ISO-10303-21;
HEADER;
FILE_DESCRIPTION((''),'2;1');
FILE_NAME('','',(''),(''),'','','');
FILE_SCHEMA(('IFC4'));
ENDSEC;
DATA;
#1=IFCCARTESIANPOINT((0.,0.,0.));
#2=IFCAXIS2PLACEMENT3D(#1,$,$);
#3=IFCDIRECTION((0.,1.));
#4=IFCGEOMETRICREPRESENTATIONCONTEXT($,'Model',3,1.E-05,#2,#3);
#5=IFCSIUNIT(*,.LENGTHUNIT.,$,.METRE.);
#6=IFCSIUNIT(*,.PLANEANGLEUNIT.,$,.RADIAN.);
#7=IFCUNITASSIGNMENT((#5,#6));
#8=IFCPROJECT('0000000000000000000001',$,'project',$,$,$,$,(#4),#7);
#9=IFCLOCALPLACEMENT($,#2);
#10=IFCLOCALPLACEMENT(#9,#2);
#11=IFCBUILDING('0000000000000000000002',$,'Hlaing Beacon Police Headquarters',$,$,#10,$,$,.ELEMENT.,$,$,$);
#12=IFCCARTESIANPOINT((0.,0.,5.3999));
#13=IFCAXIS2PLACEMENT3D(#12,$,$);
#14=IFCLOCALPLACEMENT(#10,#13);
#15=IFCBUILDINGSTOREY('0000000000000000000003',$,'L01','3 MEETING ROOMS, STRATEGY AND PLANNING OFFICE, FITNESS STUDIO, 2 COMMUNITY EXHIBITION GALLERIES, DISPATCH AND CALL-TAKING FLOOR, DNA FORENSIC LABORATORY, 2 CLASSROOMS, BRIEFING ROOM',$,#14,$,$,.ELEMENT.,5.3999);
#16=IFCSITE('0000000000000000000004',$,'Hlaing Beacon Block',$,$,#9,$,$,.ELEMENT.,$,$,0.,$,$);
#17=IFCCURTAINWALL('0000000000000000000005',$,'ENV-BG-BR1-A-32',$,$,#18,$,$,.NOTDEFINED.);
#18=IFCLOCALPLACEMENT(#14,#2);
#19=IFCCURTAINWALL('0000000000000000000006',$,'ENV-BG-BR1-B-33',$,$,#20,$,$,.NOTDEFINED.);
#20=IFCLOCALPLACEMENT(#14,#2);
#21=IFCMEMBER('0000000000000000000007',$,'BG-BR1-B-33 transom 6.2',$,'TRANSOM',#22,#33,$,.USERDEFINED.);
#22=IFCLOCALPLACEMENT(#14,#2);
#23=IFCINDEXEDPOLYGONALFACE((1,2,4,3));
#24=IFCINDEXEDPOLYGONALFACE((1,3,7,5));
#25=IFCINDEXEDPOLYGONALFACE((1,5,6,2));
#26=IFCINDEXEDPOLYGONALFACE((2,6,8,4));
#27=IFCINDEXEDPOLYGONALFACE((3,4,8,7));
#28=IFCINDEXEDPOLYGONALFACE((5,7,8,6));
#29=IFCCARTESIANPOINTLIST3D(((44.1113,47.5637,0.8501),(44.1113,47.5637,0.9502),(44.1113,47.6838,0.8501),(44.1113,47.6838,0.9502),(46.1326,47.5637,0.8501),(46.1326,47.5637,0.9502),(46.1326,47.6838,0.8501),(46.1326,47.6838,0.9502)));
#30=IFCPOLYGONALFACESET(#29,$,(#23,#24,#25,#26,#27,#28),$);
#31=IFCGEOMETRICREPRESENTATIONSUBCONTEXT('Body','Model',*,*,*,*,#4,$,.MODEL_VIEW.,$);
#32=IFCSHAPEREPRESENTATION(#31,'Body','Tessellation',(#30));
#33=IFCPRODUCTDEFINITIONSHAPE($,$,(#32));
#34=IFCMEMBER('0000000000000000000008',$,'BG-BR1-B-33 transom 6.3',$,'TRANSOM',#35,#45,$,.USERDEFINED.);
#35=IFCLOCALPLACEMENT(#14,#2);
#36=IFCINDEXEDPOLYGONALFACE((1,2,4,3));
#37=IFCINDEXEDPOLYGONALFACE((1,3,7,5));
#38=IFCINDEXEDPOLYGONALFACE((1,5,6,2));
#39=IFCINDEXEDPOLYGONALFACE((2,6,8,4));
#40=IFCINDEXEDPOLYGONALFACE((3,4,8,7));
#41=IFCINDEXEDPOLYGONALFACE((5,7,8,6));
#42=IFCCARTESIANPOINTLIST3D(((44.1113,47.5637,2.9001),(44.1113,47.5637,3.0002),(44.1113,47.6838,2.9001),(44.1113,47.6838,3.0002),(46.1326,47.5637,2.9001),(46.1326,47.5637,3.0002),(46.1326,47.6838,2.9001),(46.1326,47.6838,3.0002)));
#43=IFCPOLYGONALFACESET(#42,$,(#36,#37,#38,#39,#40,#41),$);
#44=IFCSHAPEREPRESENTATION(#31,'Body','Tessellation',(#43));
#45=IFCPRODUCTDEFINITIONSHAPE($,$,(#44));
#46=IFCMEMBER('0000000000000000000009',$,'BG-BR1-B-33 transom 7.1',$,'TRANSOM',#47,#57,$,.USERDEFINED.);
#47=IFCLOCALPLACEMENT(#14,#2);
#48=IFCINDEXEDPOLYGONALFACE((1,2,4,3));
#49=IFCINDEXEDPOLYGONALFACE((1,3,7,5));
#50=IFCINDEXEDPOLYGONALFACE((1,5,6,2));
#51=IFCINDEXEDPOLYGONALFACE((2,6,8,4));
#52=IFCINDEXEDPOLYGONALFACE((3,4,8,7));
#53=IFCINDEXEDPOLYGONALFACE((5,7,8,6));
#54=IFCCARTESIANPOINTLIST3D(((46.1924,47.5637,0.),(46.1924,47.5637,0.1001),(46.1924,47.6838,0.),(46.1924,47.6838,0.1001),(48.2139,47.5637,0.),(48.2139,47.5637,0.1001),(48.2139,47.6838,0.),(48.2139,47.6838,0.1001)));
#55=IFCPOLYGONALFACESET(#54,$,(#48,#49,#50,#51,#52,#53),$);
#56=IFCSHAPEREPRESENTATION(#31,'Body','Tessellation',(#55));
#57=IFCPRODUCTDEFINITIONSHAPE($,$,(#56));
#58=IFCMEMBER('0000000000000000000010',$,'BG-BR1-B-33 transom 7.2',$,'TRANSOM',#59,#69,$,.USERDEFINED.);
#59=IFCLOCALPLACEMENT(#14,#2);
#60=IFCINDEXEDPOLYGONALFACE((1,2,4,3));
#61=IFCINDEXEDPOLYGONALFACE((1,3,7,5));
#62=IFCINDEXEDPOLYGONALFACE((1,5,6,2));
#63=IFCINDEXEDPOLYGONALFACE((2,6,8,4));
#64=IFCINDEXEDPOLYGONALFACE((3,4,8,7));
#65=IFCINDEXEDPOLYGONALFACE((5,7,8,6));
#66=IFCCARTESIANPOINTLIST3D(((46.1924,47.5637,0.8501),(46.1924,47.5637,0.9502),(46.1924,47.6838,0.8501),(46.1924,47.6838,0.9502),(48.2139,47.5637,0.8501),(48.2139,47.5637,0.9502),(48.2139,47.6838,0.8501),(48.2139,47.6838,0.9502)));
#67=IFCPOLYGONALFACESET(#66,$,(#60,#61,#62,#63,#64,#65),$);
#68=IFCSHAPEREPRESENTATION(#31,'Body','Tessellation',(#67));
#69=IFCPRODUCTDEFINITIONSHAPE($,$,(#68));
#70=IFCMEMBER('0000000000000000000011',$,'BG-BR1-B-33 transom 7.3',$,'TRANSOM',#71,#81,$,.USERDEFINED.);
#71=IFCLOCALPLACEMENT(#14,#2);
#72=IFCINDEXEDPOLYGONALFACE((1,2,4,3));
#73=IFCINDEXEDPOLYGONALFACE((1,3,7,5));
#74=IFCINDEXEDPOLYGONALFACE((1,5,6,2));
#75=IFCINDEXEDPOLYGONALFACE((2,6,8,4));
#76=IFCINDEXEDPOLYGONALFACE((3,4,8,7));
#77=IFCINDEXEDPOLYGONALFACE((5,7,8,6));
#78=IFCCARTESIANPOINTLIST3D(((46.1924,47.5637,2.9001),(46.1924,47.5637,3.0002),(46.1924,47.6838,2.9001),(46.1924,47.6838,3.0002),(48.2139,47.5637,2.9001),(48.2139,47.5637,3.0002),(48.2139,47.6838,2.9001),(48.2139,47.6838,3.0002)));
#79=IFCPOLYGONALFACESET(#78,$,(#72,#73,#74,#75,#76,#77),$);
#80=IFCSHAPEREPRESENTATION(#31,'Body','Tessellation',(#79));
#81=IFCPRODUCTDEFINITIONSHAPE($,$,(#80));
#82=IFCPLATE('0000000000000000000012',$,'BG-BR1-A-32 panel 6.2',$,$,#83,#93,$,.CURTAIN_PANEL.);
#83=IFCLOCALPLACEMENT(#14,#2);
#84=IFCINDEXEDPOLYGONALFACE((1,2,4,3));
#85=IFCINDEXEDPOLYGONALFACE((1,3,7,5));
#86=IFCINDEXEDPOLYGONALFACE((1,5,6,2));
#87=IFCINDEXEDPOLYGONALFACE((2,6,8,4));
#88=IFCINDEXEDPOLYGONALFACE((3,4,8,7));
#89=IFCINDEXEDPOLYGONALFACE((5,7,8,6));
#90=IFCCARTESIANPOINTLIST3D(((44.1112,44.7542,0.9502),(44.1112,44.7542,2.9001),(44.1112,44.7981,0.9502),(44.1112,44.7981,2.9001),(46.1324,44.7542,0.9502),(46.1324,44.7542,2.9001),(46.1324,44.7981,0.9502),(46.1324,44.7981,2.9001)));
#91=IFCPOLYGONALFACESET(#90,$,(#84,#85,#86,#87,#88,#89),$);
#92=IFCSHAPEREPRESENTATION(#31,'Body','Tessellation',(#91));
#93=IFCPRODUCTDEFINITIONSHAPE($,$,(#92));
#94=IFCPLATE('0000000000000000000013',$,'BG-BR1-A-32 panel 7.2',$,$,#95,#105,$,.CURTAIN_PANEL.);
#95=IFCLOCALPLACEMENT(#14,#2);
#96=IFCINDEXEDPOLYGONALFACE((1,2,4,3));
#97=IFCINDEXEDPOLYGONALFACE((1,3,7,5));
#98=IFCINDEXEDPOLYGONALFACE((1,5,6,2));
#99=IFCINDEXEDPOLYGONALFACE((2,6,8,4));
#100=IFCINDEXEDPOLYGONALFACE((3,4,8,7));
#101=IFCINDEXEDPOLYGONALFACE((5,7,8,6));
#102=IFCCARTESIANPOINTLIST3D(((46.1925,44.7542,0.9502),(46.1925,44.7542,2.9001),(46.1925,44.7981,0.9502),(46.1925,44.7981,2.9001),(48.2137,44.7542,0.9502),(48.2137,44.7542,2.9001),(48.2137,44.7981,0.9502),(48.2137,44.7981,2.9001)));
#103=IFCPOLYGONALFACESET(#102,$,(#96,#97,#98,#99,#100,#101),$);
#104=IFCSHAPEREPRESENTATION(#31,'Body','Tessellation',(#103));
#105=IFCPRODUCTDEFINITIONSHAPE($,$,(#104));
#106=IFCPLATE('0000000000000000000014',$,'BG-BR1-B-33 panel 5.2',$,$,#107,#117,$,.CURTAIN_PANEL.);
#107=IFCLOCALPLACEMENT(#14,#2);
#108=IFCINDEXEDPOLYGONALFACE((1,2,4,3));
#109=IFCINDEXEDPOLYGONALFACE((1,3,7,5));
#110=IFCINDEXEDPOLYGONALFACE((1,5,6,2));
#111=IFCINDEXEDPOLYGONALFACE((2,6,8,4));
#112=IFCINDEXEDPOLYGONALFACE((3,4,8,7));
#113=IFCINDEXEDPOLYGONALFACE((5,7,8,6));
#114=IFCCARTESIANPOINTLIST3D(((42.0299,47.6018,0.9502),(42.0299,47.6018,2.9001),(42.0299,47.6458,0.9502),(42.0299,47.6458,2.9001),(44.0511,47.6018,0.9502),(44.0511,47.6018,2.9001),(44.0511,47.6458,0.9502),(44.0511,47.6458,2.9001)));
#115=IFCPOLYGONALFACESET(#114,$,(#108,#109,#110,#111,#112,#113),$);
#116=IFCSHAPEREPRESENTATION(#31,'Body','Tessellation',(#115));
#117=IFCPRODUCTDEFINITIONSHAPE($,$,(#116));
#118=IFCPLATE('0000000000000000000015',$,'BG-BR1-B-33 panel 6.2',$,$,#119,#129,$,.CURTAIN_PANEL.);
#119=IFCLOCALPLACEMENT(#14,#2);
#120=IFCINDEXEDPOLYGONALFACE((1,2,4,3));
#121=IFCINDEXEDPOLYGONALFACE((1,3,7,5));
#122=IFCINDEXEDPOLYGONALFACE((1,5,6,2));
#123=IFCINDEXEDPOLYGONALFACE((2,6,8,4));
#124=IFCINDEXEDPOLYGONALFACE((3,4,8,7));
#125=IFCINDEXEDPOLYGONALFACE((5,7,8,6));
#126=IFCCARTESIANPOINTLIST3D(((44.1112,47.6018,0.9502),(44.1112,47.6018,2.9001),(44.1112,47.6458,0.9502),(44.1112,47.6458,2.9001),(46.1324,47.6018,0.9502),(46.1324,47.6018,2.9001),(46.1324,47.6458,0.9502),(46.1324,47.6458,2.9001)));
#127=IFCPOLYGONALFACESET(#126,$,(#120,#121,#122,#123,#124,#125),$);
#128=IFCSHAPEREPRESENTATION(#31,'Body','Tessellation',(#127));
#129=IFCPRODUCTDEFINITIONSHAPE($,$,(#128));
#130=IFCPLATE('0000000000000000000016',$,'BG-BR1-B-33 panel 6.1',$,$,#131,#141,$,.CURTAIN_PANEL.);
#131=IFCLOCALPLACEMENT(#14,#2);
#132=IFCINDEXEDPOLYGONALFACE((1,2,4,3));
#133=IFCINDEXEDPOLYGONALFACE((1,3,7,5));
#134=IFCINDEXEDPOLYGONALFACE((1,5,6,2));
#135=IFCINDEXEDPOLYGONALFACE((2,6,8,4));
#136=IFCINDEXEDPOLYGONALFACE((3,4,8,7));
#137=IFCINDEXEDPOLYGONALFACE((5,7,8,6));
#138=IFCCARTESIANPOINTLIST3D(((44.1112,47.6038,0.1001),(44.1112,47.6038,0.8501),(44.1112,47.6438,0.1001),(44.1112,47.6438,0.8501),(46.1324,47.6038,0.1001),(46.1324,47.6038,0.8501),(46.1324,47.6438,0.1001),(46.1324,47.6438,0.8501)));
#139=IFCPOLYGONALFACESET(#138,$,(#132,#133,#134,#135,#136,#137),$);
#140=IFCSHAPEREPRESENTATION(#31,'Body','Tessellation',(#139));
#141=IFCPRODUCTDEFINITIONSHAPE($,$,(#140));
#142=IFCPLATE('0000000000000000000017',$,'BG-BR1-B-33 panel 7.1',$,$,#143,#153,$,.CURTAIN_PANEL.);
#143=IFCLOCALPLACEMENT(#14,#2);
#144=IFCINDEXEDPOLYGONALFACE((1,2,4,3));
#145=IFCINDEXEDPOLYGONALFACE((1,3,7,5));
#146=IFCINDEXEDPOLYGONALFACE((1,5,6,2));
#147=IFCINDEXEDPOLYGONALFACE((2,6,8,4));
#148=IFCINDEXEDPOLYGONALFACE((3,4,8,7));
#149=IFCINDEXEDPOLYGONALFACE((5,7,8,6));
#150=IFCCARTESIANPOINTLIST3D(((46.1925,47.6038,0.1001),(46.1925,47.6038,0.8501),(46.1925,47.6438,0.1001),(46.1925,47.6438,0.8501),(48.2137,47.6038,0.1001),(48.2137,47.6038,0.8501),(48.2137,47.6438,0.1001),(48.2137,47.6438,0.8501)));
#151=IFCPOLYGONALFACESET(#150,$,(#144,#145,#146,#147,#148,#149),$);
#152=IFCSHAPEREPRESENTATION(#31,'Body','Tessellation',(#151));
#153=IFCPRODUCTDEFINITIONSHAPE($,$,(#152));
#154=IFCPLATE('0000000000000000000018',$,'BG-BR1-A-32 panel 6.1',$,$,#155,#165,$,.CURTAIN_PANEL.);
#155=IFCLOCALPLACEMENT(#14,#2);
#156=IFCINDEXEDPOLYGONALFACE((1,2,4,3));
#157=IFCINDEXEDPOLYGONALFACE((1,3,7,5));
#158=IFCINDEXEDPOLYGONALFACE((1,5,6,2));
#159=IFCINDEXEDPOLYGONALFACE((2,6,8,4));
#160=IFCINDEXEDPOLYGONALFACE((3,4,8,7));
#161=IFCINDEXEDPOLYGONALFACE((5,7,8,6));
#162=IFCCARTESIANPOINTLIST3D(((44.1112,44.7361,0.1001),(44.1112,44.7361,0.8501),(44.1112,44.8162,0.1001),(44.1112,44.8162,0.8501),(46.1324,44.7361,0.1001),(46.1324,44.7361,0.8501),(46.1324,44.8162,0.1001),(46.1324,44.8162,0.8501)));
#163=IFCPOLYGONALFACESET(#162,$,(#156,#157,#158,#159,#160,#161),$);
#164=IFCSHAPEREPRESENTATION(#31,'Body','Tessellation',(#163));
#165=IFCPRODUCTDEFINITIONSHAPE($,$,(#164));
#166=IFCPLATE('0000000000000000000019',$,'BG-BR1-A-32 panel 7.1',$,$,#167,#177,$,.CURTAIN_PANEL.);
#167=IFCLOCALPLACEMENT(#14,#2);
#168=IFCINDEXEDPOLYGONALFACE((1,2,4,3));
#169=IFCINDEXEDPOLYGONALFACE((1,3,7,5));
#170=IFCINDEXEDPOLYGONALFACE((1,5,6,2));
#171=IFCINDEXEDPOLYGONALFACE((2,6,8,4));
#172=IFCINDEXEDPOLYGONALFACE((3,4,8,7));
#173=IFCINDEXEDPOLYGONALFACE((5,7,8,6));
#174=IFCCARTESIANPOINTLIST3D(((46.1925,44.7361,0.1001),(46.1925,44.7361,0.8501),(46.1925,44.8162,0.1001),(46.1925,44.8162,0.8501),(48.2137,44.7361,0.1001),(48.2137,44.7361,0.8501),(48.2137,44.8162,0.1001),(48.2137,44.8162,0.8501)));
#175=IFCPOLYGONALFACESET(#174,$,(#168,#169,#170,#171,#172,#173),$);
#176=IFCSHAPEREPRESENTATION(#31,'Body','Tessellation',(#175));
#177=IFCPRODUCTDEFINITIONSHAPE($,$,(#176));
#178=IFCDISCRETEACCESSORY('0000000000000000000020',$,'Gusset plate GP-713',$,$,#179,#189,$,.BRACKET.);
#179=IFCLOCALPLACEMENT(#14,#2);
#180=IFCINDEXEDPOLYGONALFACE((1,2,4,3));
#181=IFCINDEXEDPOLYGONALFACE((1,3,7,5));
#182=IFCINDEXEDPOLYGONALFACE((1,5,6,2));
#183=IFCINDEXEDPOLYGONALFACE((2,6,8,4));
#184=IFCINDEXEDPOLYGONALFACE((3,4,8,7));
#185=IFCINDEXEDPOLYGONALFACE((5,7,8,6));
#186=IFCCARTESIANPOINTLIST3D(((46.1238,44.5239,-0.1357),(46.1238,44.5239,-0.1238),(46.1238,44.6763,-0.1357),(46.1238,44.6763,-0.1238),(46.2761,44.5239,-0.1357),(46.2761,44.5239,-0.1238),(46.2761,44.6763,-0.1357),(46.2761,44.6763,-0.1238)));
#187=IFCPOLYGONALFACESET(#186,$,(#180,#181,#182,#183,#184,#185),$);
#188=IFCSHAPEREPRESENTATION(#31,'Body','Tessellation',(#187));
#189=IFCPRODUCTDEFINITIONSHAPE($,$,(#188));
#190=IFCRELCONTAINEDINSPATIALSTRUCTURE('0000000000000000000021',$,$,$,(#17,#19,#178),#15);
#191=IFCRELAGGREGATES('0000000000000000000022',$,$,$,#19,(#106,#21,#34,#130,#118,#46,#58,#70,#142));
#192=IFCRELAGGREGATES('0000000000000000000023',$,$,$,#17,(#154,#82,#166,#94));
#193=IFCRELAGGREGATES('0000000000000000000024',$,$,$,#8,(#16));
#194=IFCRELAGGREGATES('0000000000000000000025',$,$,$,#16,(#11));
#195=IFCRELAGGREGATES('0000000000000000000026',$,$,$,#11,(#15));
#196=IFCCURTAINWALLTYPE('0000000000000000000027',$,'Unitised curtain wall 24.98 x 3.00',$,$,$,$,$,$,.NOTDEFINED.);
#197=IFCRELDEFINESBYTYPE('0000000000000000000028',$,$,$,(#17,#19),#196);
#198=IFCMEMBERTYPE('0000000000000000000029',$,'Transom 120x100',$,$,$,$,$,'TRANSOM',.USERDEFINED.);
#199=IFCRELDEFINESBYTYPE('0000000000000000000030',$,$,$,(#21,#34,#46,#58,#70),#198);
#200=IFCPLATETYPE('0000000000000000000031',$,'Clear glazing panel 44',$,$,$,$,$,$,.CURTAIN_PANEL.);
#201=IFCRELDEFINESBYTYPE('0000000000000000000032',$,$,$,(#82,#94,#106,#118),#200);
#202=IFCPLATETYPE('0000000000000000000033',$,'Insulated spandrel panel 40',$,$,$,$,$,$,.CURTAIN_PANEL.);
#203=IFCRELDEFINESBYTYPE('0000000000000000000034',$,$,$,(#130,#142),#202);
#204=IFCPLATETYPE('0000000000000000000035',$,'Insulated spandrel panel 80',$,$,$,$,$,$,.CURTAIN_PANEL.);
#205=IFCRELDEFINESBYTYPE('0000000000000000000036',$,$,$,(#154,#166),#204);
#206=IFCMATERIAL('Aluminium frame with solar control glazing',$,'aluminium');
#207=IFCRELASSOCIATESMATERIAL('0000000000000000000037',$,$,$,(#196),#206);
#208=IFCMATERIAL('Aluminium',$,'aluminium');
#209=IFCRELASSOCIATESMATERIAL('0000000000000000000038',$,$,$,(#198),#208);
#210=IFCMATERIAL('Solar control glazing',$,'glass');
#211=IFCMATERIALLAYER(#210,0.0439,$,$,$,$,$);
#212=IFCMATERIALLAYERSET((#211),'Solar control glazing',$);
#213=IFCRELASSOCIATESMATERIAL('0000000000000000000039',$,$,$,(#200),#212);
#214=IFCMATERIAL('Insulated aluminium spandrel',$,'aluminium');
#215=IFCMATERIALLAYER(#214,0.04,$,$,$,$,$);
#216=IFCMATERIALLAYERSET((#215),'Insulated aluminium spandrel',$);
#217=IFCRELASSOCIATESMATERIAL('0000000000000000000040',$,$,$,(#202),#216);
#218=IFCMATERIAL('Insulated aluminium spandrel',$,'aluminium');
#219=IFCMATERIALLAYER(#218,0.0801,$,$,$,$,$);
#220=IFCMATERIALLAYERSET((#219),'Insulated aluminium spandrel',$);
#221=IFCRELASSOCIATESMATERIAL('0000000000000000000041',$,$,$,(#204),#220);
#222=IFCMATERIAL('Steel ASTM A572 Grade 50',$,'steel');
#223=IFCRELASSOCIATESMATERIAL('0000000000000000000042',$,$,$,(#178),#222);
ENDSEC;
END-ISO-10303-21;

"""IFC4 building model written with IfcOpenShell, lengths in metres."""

from ifc_helpers import new_model, si_unit, direction, frame, origin, origin_2d, place, context, subcontext, project, spatial, rectangle, extrude, material, layer, layer_set, material_profile, profile_set, type_object, element, aggregate, save


model = new_model("IFC4")

# Units and contexts
model_context = context("Model", 3, precision=1e-05, world=origin(), true_north=direction((0.0, 1.0)))
body_context = subcontext(model_context, "Body", "Model", "MODEL_VIEW")
ifc_project = project(units=[si_unit("LENGTHUNIT", "METRE"), si_unit("PLANEANGLEUNIT", "RADIAN")], contexts=[model_context])

# Site, building, storey
site_placement = place(None, origin())
site = spatial("IfcSite", under=ifc_project, at=site_placement, Name="Hlaing Beacon Block", CompositionType="ELEMENT", RefElevation=0.0)
building_placement = place(site_placement, origin())
building = spatial("IfcBuilding", under=site, at=building_placement, Name="Hlaing Beacon Police Headquarters", CompositionType="ELEMENT")
storey_placement = place(building_placement, frame((0.0, 0.0, 5.3999)))
storey = spatial("IfcBuildingStorey", under=building, at=storey_placement, Name="L01", Description="3 MEETING ROOMS, STRATEGY AND PLANNING OFFICE, FITNESS STUDIO, 2 COMMUNITY EXHIBITION GALLERIES, DISPATCH AND CALL-TAKING FLOOR, DNA FORENSIC LABORATORY, 2 CLASSROOMS, BRIEFING ROOM", CompositionType="ELEMENT", Elevation=5.3999)

# Curtain walls
ifc_material_1 = material(Name="Aluminium frame with solar control glazing", Category="aluminium")
curtain_wall_type = type_object("IfcCurtainWallType", Name="Unitised curtain wall 24.98 x 3.00", PredefinedType="NOTDEFINED", material=ifc_material_1)
curtain_wall_1_placement = place(storey_placement, origin())
curtain_wall_1 = element("IfcCurtainWall", 1, at=curtain_wall_1_placement, inside=storey, type_object=curtain_wall_type, Name="ENV-BG-BR1-A-32", PredefinedType="NOTDEFINED")
curtain_wall_2_placement = place(storey_placement, origin())
curtain_wall_2 = element("IfcCurtainWall", 2, at=curtain_wall_2_placement, inside=storey, type_object=curtain_wall_type, Name="ENV-BG-BR1-B-33", PredefinedType="NOTDEFINED")

# Members
ifc_material_2 = material(Name="Aluminium", Category="aluminium")
ifc_material_profile_1 = material_profile(ifc_material_2, rectangle(XDim=0.1201, YDim=0.1001, at=origin_2d()), Name="Transom 120x100")
ifc_profile_set_1 = profile_set([ifc_material_profile_1], Name="Aluminium")
member_type_1 = type_object("IfcMemberType", Name="Transom 120x100", ElementType="TRANSOM", PredefinedType="USERDEFINED", material=ifc_profile_set_1)
member_1_placement = place(storey_placement, frame((44.1113, 47.6238, 0.9001), z_axis=(1.0, 0.0, 0.0), x_axis=(0.0, 1.0, 0.0)))
member_1 = element("IfcMember", 3, at=member_1_placement, type_object=member_type_1, Name="BG-BR1-B-33 transom 6.2", ObjectType="TRANSOM", PredefinedType="USERDEFINED", context=body_context, shape_type="SweptSolid", body=[
    extrude(rectangle(XDim=0.1201, YDim=0.1001, at=origin_2d()), origin(), (0.0, 0.0, 1.0), 2.0212),
])
member_2_placement = place(storey_placement, frame((44.1113, 47.6238, 2.9502), z_axis=(1.0, 0.0, 0.0), x_axis=(0.0, 1.0, 0.0)))
member_2 = element("IfcMember", 4, at=member_2_placement, type_object=member_type_1, Name="BG-BR1-B-33 transom 6.3", ObjectType="TRANSOM", PredefinedType="USERDEFINED", context=body_context, shape_type="SweptSolid", body=[
    extrude(rectangle(XDim=0.1201, YDim=0.1001, at=origin_2d()), origin(), (0.0, 0.0, 1.0), 2.0212),
])
member_3_placement = place(storey_placement, frame((46.1924, 47.6238, 0.05), z_axis=(1.0, 0.0, 0.0), x_axis=(0.0, 1.0, 0.0)))
member_3 = element("IfcMember", 5, at=member_3_placement, type_object=member_type_1, Name="BG-BR1-B-33 transom 7.1", ObjectType="TRANSOM", PredefinedType="USERDEFINED", context=body_context, shape_type="SweptSolid", body=[
    extrude(rectangle(XDim=0.1201, YDim=0.1001, at=origin_2d()), origin(), (0.0, 0.0, 1.0), 2.0215),
])
member_4_placement = place(storey_placement, frame((46.1924, 47.6238, 0.9001), z_axis=(1.0, 0.0, 0.0), x_axis=(0.0, 1.0, 0.0)))
member_4 = element("IfcMember", 6, at=member_4_placement, type_object=member_type_1, Name="BG-BR1-B-33 transom 7.2", ObjectType="TRANSOM", PredefinedType="USERDEFINED", context=body_context, shape_type="SweptSolid", body=[
    extrude(rectangle(XDim=0.1201, YDim=0.1001, at=origin_2d()), origin(), (0.0, 0.0, 1.0), 2.0215),
])
member_5_placement = place(storey_placement, frame((46.1924, 47.6238, 2.9502), z_axis=(1.0, 0.0, 0.0), x_axis=(0.0, 1.0, 0.0)))
member_5 = element("IfcMember", 7, at=member_5_placement, type_object=member_type_1, Name="BG-BR1-B-33 transom 7.3", ObjectType="TRANSOM", PredefinedType="USERDEFINED", context=body_context, shape_type="SweptSolid", body=[
    extrude(rectangle(XDim=0.1201, YDim=0.1001, at=origin_2d()), origin(), (0.0, 0.0, 1.0), 2.0215),
])

# Plates
ifc_material_3 = material(Name="Solar control glazing", Category="glass")
ifc_layer_1 = layer(ifc_material_3, 0.0439)
ifc_layer_set_1 = layer_set([ifc_layer_1], Name="Solar control glazing")
plate_type_1 = type_object("IfcPlateType", Name="Clear glazing panel 44", PredefinedType="CURTAIN_PANEL", material=ifc_layer_set_1)
plate_1_placement = place(storey_placement, frame((45.1218, 44.7761, 0.9502), z_axis=(0.0, 0.0, 1.0), x_axis=(1.0, 0.0, 0.0)))
plate_1 = element("IfcPlate", 8, at=plate_1_placement, type_object=plate_type_1, Name="BG-BR1-A-32 panel 6.2", PredefinedType="CURTAIN_PANEL", context=body_context, shape_type="SweptSolid", body=[
    extrude(rectangle(XDim=2.0212, YDim=0.0439, at=origin_2d()), origin(), (0.0, 0.0, 1.0), 1.95),
])
plate_2_placement = place(storey_placement, frame((47.2031, 44.7761, 0.9502), z_axis=(0.0, 0.0, 1.0), x_axis=(1.0, 0.0, 0.0)))
plate_2 = element("IfcPlate", 9, at=plate_2_placement, type_object=plate_type_1, Name="BG-BR1-A-32 panel 7.2", PredefinedType="CURTAIN_PANEL", context=body_context, shape_type="SweptSolid", body=[
    extrude(rectangle(XDim=2.0212, YDim=0.0439, at=origin_2d()), origin(), (0.0, 0.0, 1.0), 1.95),
])
plate_3_placement = place(storey_placement, frame((43.0405, 47.6238, 0.9502), z_axis=(0.0, 0.0, 1.0), x_axis=(1.0, 0.0, 0.0)))
plate_3 = element("IfcPlate", 10, at=plate_3_placement, type_object=plate_type_1, Name="BG-BR1-B-33 panel 5.2", PredefinedType="CURTAIN_PANEL", context=body_context, shape_type="SweptSolid", body=[
    extrude(rectangle(XDim=2.0212, YDim=0.0439, at=origin_2d()), origin(), (0.0, 0.0, 1.0), 1.95),
])
plate_4_placement = place(storey_placement, frame((45.1218, 47.6238, 0.9502), z_axis=(0.0, 0.0, 1.0), x_axis=(1.0, 0.0, 0.0)))
plate_4 = element("IfcPlate", 11, at=plate_4_placement, type_object=plate_type_1, Name="BG-BR1-B-33 panel 6.2", PredefinedType="CURTAIN_PANEL", context=body_context, shape_type="SweptSolid", body=[
    extrude(rectangle(XDim=2.0212, YDim=0.0439, at=origin_2d()), origin(), (0.0, 0.0, 1.0), 1.95),
])
ifc_material_4 = material(Name="Insulated aluminium spandrel", Category="aluminium")
ifc_layer_2 = layer(ifc_material_4, 0.04)
ifc_layer_set_2 = layer_set([ifc_layer_2], Name="Insulated aluminium spandrel")
plate_type_2 = type_object("IfcPlateType", Name="Insulated spandrel panel 40", PredefinedType="CURTAIN_PANEL", material=ifc_layer_set_2)
plate_5_placement = place(storey_placement, frame((45.1218, 47.6238, 0.1001), z_axis=(0.0, 0.0, 1.0), x_axis=(1.0, 0.0, 0.0)))
plate_5 = element("IfcPlate", 12, at=plate_5_placement, type_object=plate_type_2, Name="BG-BR1-B-33 panel 6.1", PredefinedType="CURTAIN_PANEL", context=body_context, shape_type="SweptSolid", body=[
    extrude(rectangle(XDim=2.0212, YDim=0.04, at=origin_2d()), origin(), (0.0, 0.0, 1.0), 0.75),
])
plate_6_placement = place(storey_placement, frame((47.2031, 47.6238, 0.1001), z_axis=(0.0, 0.0, 1.0), x_axis=(1.0, 0.0, 0.0)))
plate_6 = element("IfcPlate", 13, at=plate_6_placement, type_object=plate_type_2, Name="BG-BR1-B-33 panel 7.1", PredefinedType="CURTAIN_PANEL", context=body_context, shape_type="SweptSolid", body=[
    extrude(rectangle(XDim=2.0212, YDim=0.04, at=origin_2d()), origin(), (0.0, 0.0, 1.0), 0.75),
])
aggregate(curtain_wall_2, [plate_3, member_1, member_2, plate_5, plate_4, member_3, member_4, member_5, plate_6])
ifc_material_5 = material(Name="Insulated aluminium spandrel", Category="aluminium")
ifc_layer_3 = layer(ifc_material_5, 0.0801)
ifc_layer_set_3 = layer_set([ifc_layer_3], Name="Insulated aluminium spandrel")
plate_type_3 = type_object("IfcPlateType", Name="Insulated spandrel panel 80", PredefinedType="CURTAIN_PANEL", material=ifc_layer_set_3)
plate_7_placement = place(storey_placement, frame((45.1218, 44.7761, 0.1001), z_axis=(0.0, 0.0, 1.0), x_axis=(1.0, 0.0, 0.0)))
plate_7 = element("IfcPlate", 14, at=plate_7_placement, type_object=plate_type_3, Name="BG-BR1-A-32 panel 6.1", PredefinedType="CURTAIN_PANEL", context=body_context, shape_type="SweptSolid", body=[
    extrude(rectangle(XDim=2.0212, YDim=0.0801, at=origin_2d()), origin(), (0.0, 0.0, 1.0), 0.75),
])
plate_8_placement = place(storey_placement, frame((47.2031, 44.7761, 0.1001), z_axis=(0.0, 0.0, 1.0), x_axis=(1.0, 0.0, 0.0)))
plate_8 = element("IfcPlate", 15, at=plate_8_placement, type_object=plate_type_3, Name="BG-BR1-A-32 panel 7.1", PredefinedType="CURTAIN_PANEL", context=body_context, shape_type="SweptSolid", body=[
    extrude(rectangle(XDim=2.0212, YDim=0.0801, at=origin_2d()), origin(), (0.0, 0.0, 1.0), 0.75),
])
aggregate(curtain_wall_1, [plate_7, plate_1, plate_8, plate_2])

# Discrete accessory
ifc_material_6 = material(Name="Steel ASTM A572 Grade 50", Category="steel")
for number, where, z_axis, x_axis, name in (
    (16, (46.2, 44.6001, -0.1238), (0.0, 0.0, -1.0), (1.0, 0.0, 0.0), "Gusset plate GP-713"),
):
    element("IfcDiscreteAccessory", number, at=place(storey_placement, frame(where, z_axis=z_axis, x_axis=x_axis)), inside=storey, material=ifc_material_6, Name=name, PredefinedType="BRACKET", context=body_context, shape_type="SweptSolid", body=[
        extrude(rectangle(XDim=0.1523, YDim=0.1523, at=origin_2d()), origin(), (0.0, 0.0, 1.0), 0.012),
    ])

save(model, "model.ifc")
